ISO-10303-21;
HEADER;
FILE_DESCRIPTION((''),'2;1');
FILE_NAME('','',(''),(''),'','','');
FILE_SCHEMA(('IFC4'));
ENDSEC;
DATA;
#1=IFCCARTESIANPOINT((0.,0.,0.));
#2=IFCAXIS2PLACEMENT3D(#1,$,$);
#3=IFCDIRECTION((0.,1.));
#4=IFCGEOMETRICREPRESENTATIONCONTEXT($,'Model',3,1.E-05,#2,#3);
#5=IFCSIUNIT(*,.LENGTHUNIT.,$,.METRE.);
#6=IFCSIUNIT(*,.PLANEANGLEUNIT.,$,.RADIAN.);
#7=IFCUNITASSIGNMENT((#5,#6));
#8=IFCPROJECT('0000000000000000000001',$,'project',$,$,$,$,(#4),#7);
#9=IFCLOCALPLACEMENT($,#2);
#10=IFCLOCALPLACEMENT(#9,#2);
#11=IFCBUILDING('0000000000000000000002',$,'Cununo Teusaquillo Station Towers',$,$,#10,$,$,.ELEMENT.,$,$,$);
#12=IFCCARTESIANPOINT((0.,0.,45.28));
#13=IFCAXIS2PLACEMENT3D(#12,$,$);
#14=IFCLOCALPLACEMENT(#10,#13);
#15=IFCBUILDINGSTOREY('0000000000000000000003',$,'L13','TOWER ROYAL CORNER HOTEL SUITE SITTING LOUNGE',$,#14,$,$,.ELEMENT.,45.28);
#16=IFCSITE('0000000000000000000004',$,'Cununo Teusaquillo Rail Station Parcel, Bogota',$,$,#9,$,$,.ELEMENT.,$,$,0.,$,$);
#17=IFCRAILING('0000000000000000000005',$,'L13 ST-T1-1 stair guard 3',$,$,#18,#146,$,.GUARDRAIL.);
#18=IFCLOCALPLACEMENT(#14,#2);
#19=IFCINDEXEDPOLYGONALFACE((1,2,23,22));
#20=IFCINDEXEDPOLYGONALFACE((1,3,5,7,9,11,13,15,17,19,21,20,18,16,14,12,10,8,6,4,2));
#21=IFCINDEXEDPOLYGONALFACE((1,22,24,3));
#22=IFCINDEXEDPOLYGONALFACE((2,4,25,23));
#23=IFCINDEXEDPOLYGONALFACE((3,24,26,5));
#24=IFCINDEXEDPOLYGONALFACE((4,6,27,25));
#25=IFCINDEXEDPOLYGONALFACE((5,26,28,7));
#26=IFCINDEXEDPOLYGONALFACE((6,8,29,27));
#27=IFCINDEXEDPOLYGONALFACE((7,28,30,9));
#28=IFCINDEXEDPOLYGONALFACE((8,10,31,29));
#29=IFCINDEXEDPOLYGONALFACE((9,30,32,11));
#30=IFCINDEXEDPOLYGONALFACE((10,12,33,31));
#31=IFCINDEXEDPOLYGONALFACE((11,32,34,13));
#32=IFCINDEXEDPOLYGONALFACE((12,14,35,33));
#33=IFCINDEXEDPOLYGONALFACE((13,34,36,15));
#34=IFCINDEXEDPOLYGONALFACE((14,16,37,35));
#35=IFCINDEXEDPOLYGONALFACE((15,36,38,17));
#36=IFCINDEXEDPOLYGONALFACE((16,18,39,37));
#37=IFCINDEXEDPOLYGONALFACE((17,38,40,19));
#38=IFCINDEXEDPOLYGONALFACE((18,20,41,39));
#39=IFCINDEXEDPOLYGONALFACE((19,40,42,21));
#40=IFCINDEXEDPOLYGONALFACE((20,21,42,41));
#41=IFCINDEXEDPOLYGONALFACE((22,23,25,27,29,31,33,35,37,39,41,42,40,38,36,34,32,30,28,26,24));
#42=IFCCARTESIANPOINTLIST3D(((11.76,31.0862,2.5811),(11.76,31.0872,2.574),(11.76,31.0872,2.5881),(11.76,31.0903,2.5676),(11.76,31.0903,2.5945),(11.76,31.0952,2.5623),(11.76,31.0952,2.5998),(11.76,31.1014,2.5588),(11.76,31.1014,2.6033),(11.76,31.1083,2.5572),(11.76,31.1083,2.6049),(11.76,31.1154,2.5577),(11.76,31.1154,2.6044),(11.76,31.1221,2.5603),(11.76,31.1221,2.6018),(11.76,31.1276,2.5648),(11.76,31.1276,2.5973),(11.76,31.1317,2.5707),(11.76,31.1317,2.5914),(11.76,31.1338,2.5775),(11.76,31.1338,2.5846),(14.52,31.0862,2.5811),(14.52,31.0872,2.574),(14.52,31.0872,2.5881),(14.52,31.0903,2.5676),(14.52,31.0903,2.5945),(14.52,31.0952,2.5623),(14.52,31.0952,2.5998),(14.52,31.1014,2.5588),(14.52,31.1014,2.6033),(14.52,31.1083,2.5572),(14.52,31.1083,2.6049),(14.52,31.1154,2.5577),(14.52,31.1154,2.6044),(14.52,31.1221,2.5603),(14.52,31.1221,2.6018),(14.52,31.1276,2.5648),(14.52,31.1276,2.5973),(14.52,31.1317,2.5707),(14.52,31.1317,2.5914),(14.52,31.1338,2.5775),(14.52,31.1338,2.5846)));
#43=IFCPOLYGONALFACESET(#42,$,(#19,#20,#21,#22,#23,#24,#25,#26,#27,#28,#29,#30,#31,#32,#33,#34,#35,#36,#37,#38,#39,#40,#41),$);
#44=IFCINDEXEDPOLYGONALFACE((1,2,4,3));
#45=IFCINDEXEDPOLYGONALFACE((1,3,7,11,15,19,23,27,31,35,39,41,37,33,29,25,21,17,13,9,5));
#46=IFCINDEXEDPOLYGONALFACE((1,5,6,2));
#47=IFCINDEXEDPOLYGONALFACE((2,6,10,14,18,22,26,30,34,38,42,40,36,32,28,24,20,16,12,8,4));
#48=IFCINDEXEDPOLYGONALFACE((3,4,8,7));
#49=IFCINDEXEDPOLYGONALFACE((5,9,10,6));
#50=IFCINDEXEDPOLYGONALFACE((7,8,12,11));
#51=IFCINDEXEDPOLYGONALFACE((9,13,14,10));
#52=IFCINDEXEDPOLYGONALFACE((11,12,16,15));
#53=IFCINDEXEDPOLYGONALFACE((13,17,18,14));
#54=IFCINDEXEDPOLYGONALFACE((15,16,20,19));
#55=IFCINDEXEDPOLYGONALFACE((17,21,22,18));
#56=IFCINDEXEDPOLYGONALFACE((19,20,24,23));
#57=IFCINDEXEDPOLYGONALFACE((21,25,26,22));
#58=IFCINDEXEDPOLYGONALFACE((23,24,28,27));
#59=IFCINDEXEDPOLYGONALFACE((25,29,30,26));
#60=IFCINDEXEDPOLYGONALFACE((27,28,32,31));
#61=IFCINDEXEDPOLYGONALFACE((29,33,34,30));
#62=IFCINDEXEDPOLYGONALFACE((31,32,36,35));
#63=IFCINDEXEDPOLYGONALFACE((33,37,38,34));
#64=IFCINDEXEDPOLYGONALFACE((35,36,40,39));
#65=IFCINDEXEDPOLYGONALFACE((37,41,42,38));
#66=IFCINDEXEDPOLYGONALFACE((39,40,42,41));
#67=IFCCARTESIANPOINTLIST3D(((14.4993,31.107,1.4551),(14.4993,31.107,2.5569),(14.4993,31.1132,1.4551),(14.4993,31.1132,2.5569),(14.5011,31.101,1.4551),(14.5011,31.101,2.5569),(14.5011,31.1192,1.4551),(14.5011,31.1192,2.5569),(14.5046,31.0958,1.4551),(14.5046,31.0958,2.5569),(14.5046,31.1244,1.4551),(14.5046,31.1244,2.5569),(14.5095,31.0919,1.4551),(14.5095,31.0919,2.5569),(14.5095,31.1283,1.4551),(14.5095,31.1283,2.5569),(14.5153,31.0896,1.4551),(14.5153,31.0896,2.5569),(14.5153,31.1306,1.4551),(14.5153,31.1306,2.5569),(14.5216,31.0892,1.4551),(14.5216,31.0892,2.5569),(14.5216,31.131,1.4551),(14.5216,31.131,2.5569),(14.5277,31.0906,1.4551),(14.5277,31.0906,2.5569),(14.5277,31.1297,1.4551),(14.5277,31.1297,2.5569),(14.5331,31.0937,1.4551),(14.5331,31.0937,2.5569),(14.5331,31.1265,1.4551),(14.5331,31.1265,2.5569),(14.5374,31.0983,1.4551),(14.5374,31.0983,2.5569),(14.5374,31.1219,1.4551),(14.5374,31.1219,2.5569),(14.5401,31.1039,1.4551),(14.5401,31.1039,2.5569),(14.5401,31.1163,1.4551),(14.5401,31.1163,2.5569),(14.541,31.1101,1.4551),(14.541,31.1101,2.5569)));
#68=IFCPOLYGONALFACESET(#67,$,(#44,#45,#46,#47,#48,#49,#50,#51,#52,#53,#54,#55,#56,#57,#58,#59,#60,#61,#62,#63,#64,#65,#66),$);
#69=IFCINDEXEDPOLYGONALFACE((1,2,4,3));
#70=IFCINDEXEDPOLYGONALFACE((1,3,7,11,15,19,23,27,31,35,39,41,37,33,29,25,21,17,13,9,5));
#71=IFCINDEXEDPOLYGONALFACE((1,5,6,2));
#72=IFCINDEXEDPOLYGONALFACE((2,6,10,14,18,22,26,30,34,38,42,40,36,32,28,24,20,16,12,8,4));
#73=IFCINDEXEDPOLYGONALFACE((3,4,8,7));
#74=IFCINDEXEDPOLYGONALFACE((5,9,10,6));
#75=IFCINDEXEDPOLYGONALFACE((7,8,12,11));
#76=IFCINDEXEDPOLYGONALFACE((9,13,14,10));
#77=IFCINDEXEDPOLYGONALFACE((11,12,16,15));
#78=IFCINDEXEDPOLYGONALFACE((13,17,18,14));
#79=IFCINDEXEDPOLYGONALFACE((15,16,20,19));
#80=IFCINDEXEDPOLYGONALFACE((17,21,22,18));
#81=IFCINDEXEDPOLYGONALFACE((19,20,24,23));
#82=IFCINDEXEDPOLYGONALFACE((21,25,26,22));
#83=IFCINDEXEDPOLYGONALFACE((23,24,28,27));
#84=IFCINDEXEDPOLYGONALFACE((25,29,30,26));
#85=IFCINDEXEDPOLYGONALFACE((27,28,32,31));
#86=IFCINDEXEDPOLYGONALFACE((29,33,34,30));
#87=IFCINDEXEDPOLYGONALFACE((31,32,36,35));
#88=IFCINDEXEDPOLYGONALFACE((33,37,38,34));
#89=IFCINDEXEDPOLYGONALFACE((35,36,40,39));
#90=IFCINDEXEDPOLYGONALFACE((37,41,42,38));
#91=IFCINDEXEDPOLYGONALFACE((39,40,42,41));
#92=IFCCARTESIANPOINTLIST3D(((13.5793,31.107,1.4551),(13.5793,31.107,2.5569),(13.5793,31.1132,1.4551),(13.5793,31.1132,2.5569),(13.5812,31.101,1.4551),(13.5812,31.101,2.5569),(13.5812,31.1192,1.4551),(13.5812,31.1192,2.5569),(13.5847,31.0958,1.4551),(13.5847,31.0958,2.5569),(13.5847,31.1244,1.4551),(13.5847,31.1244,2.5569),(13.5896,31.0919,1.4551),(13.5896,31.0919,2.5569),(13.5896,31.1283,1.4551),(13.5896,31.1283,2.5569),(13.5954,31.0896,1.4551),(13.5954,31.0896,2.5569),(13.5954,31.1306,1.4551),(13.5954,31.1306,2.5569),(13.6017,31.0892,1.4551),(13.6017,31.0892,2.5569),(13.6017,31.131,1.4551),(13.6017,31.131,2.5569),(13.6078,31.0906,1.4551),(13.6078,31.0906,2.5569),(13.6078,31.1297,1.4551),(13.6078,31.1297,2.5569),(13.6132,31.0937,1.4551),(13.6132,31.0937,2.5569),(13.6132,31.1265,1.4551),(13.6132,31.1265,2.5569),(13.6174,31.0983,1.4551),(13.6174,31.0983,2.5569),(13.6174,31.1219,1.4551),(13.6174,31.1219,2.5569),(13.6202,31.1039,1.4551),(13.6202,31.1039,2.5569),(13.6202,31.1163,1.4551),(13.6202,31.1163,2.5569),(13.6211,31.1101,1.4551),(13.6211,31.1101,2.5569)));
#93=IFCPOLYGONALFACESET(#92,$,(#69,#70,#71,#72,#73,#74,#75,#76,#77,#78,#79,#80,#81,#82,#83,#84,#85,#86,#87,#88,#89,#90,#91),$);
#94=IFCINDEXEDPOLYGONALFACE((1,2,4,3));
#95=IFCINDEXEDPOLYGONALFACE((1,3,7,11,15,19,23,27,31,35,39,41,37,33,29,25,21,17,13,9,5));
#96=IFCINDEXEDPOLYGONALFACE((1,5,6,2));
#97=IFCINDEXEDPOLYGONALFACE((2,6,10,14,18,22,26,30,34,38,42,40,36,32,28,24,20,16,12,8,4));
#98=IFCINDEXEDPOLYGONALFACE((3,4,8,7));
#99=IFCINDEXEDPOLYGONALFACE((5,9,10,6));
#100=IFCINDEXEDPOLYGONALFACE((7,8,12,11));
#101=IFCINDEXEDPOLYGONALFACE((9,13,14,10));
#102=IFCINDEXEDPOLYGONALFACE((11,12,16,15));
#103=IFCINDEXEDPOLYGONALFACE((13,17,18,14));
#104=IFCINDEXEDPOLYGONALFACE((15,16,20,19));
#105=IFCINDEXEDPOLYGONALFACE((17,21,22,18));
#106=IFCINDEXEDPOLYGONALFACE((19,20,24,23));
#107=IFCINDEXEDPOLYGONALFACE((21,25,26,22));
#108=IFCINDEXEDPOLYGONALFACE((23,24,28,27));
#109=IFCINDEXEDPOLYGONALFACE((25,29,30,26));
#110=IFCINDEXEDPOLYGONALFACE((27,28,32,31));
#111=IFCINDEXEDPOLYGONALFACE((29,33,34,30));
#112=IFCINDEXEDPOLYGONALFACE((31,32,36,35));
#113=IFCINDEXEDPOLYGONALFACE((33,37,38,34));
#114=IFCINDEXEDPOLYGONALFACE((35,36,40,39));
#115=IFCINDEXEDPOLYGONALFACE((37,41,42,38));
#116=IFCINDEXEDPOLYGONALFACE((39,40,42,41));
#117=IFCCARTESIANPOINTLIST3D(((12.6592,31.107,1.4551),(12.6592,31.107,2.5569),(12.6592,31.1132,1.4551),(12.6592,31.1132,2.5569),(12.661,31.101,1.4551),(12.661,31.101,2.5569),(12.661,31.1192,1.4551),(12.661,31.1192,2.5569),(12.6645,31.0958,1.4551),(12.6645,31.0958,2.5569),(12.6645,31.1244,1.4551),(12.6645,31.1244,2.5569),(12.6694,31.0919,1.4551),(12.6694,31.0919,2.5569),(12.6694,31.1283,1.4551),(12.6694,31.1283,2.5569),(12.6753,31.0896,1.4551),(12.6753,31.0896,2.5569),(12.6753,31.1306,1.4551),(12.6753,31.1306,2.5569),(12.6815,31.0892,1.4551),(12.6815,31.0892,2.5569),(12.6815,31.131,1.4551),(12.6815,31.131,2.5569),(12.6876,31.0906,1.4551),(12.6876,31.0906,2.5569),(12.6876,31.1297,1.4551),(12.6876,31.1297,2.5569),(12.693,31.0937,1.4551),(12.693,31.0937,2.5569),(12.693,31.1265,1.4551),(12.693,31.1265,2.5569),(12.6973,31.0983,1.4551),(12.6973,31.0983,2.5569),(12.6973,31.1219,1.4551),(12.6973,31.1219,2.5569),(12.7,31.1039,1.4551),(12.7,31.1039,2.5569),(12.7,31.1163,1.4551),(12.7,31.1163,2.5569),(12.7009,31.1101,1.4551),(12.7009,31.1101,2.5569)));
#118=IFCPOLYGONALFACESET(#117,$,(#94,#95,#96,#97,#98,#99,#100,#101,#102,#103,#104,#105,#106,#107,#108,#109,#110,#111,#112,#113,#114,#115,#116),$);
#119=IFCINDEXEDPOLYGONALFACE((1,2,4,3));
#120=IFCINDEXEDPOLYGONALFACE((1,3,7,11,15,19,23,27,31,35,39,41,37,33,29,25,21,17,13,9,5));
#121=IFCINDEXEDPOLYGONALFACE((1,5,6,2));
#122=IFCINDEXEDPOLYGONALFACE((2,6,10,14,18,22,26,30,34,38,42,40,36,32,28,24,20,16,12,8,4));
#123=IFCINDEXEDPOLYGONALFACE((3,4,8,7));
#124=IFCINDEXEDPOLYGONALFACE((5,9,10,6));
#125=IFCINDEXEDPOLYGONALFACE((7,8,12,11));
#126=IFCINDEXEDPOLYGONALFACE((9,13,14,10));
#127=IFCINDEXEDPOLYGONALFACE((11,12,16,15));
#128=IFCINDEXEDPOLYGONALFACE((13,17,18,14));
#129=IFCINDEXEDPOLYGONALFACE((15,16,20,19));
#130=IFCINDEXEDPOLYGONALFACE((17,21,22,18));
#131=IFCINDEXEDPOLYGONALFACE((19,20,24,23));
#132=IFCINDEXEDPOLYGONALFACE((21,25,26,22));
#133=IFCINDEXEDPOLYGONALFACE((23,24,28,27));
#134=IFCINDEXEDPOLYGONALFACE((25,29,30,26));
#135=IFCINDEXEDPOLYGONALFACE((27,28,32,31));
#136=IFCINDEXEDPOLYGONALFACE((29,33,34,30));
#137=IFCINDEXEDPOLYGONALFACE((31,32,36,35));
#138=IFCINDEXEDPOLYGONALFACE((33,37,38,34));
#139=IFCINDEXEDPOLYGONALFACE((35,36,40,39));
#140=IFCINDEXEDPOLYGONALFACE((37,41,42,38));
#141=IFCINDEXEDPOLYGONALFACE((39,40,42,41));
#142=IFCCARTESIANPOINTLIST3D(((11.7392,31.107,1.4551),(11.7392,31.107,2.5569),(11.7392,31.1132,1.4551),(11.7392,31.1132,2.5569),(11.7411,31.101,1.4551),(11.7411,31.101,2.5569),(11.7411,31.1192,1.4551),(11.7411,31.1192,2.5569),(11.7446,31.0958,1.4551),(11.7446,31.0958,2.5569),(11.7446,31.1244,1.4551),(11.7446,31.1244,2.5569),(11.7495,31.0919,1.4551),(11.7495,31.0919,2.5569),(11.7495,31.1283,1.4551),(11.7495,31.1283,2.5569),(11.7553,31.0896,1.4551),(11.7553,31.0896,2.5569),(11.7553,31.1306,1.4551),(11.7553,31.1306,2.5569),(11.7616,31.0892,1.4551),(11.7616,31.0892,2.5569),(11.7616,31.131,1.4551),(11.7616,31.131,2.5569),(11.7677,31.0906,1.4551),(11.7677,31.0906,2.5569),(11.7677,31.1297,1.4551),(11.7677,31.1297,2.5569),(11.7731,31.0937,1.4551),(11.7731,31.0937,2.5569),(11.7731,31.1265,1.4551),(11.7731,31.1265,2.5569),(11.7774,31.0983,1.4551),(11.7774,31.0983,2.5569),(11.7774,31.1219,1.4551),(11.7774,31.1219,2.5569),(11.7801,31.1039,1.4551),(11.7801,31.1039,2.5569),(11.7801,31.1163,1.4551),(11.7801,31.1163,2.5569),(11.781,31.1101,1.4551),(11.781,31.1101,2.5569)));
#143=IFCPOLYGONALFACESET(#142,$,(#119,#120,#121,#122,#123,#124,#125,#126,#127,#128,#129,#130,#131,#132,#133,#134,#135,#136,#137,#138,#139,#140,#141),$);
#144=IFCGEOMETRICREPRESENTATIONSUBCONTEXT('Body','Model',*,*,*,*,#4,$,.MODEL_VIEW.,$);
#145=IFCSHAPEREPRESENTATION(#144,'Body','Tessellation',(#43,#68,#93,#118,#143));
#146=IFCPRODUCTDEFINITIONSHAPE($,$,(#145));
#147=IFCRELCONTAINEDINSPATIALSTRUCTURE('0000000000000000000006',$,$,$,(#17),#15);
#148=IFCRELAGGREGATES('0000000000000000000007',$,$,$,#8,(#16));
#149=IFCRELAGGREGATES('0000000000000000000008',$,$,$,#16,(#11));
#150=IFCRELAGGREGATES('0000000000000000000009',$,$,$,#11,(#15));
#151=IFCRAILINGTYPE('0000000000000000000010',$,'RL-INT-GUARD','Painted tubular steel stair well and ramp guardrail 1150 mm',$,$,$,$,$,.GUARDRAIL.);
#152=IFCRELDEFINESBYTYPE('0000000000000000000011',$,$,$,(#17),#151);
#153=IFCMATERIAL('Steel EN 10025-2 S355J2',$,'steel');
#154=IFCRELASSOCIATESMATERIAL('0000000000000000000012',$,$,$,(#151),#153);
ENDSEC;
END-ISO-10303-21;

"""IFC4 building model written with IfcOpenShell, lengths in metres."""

from ifc_helpers import new_model, si_unit, direction, frame, origin, origin_2d, place, context, subcontext, project, spatial, circle, extrude, material, type_object, element, save


model = new_model("IFC4")

# Units and contexts
model_context = context("Model", 3, precision=1e-05, world=origin(), true_north=direction((0.0, 1.0)))
body_context = subcontext(model_context, "Body", "Model", "MODEL_VIEW")
ifc_project = project(units=[si_unit("LENGTHUNIT", "METRE"), si_unit("PLANEANGLEUNIT", "RADIAN")], contexts=[model_context])

# Site, building, storey
site_placement = place(None, origin())
site = spatial("IfcSite", under=ifc_project, at=site_placement, Name="Cununo Teusaquillo Rail Station Parcel, Bogota", CompositionType="ELEMENT", RefElevation=0.0)
building_placement = place(site_placement, origin())
building = spatial("IfcBuilding", under=site, at=building_placement, Name="Cununo Teusaquillo Station Towers", CompositionType="ELEMENT")
storey_placement = place(building_placement, frame((0.0, 0.0, 45.28)))
storey = spatial("IfcBuildingStorey", under=building, at=storey_placement, Name="L13", Description="TOWER ROYAL CORNER HOTEL SUITE SITTING LOUNGE", CompositionType="ELEMENT", Elevation=45.28)

# Railing
ifc_material_1 = material(Name="Steel EN 10025-2 S355J2", Category="steel")
railing_type_1 = type_object("IfcRailingType", Name="RL-INT-GUARD", Description="Painted tubular steel stair well and ramp guardrail 1150 mm", PredefinedType="GUARDRAIL", material=ifc_material_1)
railing_1_placement = place(storey_placement, frame((14.52, 31.1101, 1.4551)))
element("IfcRailing", 1, at=railing_1_placement, inside=storey, type_object=railing_type_1, Name="L13 ST-T1-1 stair guard 3", PredefinedType="GUARDRAIL", context=body_context, shape_type="SweptSolid", body=[
    extrude(circle(Radius=0.0239, at=origin_2d()), frame((0.0, 0.0, 1.126), z_axis=(-1.0, 0.0, 0.0), x_axis=(0.0, -1.0, 0.0)), (0.0, 0.0, 1.0), 2.76),
    extrude(circle(Radius=0.021, at=origin_2d()), origin(), (0.0, 0.0, 1.0), 1.1018),
    extrude(circle(Radius=0.021, at=origin_2d()), frame((-0.9199, 0.0, 0.0)), (0.0, 0.0, 1.0), 1.1018),
    extrude(circle(Radius=0.021, at=origin_2d()), frame((-1.8401, 0.0, 0.0)), (0.0, 0.0, 1.0), 1.1018),
    extrude(circle(Radius=0.021, at=origin_2d()), frame((-2.76, 0.0, 0.0)), (0.0, 0.0, 1.0), 1.1018),
])

save(model, "model.ifc")
